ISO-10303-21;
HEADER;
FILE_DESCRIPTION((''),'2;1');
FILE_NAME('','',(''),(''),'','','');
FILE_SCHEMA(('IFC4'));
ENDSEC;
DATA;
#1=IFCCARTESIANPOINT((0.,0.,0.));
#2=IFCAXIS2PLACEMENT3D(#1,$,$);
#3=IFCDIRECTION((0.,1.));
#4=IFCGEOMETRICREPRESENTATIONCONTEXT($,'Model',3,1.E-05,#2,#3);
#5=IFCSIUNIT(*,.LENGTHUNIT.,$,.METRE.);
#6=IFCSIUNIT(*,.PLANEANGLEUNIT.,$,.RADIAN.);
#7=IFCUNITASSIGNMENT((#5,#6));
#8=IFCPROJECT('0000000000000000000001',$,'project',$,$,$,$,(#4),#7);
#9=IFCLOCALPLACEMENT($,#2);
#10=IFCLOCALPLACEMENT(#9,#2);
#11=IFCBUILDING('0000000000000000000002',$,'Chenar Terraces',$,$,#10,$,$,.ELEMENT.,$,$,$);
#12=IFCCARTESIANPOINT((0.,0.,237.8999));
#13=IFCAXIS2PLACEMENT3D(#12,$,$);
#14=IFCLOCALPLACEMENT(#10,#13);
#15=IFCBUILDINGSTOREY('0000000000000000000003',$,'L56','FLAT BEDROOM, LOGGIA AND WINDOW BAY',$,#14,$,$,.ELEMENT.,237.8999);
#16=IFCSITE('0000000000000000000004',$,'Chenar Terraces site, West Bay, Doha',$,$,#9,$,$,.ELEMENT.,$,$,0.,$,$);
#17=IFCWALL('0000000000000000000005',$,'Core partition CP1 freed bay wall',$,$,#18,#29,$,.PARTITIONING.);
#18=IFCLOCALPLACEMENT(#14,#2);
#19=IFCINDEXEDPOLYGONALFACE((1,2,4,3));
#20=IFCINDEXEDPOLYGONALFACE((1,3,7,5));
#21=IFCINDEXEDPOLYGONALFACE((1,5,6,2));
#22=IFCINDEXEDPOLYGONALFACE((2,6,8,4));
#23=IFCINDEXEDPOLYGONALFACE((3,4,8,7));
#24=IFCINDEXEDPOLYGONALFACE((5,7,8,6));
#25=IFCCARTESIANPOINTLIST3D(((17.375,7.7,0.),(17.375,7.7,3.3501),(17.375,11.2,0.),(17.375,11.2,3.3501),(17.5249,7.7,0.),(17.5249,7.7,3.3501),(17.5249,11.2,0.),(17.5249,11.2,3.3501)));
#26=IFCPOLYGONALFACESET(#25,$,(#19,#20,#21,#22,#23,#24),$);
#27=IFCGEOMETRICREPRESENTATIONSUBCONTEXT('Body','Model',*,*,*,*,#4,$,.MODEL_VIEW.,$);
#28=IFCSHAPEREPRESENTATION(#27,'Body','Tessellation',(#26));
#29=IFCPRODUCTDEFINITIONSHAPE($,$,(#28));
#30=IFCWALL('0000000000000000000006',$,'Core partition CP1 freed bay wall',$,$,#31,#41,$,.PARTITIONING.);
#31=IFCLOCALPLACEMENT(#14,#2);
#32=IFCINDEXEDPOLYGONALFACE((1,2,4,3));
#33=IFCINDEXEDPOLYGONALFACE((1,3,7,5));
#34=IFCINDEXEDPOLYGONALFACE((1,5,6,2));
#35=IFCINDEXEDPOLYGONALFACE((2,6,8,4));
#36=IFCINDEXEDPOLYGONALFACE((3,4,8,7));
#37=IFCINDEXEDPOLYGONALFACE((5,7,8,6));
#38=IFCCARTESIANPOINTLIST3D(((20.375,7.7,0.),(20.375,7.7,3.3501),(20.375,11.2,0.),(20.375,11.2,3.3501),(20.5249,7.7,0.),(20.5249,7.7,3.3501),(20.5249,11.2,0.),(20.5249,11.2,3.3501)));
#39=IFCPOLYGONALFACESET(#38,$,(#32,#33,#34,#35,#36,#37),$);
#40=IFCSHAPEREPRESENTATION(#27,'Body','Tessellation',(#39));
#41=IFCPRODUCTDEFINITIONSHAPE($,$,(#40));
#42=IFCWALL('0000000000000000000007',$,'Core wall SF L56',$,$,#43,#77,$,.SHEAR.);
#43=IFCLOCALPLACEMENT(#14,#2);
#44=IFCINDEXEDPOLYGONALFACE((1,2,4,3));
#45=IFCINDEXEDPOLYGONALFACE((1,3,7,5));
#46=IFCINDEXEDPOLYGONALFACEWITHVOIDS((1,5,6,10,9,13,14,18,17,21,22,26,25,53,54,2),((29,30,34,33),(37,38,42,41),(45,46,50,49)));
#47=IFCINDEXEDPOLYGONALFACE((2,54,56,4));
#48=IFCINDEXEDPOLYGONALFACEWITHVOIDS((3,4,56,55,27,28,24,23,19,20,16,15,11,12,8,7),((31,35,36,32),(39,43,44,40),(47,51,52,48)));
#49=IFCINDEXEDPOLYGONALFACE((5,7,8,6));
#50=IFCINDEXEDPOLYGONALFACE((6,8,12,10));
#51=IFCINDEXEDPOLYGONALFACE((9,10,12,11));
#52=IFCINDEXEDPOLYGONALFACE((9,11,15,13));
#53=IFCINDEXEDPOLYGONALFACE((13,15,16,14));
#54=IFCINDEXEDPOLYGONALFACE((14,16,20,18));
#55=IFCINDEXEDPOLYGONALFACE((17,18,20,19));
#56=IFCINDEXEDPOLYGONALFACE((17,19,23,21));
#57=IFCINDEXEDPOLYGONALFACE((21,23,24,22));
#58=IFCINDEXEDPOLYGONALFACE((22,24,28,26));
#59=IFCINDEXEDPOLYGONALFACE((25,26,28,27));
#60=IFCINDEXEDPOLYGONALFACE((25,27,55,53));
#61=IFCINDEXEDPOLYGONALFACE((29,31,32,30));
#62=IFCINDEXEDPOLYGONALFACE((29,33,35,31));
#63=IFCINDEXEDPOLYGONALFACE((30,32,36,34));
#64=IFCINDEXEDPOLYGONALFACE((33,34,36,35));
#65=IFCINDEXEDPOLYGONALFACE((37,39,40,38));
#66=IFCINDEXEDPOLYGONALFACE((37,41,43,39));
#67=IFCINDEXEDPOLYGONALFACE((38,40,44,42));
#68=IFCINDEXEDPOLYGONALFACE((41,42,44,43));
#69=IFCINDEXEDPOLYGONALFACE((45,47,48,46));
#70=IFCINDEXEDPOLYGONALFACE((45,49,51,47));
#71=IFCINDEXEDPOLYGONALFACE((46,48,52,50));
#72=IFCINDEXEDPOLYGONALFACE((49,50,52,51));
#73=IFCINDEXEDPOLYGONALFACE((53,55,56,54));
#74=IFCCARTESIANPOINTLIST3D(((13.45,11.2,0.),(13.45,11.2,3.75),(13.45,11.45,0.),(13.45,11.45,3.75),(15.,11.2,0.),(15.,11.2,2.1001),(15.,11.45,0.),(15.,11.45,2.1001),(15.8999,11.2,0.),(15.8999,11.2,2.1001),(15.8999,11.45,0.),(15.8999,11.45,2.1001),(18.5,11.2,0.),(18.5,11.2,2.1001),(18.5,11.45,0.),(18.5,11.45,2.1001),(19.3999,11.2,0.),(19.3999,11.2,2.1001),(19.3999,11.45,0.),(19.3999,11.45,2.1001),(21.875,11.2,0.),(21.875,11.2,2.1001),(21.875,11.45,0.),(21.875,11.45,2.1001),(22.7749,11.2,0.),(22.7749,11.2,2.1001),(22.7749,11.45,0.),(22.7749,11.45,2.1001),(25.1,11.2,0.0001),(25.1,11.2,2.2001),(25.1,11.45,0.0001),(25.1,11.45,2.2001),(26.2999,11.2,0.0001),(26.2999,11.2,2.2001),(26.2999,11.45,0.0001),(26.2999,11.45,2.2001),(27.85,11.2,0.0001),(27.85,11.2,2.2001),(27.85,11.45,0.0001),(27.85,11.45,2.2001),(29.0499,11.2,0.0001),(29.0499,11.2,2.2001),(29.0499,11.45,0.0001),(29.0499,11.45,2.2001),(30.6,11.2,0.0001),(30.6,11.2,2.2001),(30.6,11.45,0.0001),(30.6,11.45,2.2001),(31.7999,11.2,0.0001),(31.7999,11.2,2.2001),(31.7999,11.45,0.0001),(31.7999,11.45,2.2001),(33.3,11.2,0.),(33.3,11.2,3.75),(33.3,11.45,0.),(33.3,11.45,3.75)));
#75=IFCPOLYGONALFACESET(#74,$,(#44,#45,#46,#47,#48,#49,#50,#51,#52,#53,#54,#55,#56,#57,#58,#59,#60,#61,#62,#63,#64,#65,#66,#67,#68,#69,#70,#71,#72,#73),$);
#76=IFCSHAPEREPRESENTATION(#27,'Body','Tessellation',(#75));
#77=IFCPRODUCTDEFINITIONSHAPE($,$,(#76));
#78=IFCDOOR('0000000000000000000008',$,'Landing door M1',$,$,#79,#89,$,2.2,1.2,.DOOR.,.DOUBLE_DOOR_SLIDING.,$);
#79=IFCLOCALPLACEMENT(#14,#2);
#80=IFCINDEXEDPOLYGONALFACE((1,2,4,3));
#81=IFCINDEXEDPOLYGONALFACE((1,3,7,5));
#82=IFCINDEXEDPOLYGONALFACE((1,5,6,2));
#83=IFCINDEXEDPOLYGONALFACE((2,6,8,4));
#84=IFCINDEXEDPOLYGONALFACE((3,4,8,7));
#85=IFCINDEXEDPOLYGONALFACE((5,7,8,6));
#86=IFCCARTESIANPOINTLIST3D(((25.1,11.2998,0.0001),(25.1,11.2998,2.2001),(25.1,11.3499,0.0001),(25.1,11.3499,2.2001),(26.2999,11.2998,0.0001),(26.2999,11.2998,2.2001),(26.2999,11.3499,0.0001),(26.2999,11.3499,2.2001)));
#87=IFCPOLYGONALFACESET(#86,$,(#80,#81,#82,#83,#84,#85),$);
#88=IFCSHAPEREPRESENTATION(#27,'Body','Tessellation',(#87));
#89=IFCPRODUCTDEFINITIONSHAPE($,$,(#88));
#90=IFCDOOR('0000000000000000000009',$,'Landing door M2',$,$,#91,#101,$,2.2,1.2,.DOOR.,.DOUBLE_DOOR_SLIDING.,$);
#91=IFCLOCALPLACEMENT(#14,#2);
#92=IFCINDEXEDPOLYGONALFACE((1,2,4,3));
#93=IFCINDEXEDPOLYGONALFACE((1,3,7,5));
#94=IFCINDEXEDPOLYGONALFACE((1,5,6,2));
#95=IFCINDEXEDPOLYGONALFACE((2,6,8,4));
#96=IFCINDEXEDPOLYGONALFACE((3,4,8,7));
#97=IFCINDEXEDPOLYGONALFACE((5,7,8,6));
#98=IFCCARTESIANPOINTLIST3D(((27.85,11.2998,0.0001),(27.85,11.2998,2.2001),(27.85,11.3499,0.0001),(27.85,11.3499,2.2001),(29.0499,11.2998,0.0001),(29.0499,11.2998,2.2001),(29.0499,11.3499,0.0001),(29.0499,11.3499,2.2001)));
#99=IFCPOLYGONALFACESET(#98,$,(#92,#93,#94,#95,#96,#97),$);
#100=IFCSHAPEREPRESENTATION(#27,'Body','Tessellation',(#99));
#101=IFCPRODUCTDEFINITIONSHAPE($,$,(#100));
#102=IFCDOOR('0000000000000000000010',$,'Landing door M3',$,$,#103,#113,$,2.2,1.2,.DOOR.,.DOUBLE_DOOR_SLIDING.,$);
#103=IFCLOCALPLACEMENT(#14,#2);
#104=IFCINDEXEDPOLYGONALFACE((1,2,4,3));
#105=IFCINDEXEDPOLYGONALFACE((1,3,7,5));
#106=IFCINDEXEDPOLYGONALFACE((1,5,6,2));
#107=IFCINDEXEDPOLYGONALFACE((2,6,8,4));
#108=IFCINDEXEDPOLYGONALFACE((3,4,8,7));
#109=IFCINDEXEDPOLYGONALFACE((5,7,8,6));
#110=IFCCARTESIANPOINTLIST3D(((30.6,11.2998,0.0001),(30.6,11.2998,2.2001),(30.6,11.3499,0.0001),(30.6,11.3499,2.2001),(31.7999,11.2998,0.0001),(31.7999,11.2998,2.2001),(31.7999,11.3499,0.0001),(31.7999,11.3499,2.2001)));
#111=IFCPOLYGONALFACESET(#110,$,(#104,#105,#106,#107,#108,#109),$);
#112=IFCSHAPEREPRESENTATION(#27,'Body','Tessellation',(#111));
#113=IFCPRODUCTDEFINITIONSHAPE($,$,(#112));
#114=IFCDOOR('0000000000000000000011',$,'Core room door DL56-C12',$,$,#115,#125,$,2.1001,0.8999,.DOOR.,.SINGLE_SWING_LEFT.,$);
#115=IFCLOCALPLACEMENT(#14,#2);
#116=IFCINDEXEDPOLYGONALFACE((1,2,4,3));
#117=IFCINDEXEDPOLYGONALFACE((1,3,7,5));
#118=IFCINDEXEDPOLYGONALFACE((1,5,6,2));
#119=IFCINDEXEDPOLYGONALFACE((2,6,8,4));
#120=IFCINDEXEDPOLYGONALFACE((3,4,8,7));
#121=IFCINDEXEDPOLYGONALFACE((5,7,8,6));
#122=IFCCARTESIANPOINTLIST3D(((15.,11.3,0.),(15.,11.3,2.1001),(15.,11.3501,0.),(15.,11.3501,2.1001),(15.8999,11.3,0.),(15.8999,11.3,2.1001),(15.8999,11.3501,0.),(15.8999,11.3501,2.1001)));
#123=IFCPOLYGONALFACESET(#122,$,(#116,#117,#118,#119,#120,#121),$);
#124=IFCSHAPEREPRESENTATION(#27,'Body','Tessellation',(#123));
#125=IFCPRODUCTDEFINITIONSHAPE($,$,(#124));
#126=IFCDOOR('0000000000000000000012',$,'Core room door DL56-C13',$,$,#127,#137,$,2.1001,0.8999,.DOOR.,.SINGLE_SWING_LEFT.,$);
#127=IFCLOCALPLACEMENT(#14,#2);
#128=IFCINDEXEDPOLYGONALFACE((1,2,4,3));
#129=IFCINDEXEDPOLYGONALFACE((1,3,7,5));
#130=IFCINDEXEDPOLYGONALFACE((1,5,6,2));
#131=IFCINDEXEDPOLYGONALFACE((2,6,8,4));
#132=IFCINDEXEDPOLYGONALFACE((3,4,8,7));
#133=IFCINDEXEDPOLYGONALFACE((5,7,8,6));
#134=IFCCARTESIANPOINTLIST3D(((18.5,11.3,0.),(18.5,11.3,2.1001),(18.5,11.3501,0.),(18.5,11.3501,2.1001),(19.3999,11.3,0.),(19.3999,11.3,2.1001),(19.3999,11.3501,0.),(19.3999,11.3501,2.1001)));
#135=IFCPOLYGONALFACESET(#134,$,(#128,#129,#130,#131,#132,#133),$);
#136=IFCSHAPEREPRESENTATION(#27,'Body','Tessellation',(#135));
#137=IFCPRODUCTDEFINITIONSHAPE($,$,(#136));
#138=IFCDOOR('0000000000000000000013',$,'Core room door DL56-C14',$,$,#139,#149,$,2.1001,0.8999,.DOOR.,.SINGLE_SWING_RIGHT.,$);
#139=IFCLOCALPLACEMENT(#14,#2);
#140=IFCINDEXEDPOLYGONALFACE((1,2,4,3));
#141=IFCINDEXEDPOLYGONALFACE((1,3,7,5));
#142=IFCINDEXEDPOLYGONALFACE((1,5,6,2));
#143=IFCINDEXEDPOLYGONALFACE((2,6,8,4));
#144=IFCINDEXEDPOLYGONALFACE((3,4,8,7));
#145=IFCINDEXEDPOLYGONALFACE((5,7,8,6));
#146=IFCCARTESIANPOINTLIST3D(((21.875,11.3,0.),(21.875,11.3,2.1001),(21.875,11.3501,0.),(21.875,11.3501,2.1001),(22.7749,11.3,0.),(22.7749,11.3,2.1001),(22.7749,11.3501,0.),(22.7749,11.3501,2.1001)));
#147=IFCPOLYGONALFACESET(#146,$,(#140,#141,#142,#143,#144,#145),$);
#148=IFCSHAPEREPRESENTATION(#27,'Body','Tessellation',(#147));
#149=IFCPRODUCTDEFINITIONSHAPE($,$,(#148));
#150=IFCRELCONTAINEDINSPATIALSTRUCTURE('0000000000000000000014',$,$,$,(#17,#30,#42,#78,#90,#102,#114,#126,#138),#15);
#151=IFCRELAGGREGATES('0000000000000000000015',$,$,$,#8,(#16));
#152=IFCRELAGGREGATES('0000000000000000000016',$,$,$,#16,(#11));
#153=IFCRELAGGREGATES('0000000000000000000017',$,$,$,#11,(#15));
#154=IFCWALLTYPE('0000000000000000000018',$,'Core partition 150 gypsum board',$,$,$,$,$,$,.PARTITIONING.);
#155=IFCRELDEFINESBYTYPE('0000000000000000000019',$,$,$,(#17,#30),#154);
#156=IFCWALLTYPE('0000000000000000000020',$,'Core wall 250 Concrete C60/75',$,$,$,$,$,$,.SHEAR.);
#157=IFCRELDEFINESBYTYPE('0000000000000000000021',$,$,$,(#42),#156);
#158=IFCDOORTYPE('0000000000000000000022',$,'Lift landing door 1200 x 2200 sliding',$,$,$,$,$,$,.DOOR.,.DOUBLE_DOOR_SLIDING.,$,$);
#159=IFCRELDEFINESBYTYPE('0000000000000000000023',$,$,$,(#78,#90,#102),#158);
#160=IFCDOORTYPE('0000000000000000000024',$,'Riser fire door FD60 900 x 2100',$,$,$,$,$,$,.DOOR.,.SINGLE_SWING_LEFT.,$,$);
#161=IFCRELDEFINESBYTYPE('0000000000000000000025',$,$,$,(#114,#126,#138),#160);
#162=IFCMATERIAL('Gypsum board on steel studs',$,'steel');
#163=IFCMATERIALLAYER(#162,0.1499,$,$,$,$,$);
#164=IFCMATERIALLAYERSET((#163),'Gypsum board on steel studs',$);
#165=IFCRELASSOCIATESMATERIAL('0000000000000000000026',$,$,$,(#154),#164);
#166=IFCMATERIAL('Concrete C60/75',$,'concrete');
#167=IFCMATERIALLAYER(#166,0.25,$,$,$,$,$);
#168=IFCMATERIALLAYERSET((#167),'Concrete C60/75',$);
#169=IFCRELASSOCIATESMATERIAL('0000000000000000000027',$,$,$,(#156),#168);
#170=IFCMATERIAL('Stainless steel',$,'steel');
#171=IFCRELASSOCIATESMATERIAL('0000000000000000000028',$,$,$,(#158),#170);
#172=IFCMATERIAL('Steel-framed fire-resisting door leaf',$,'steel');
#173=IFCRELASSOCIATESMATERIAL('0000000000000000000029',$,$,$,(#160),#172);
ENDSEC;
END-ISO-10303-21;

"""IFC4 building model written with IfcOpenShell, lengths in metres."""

from ifc_helpers import new_model, si_unit, direction, frame, frame_2d, origin, place, context, subcontext, project, spatial, rectangle, extrude, material, layer, layer_set, type_object, element, fill, save


model = new_model("IFC4")

# Units and contexts
model_context = context("Model", 3, precision=1e-05, world=origin(), true_north=direction((0.0, 1.0)))
body_context = subcontext(model_context, "Body", "Model", "MODEL_VIEW")
ifc_project = project(units=[si_unit("LENGTHUNIT", "METRE"), si_unit("PLANEANGLEUNIT", "RADIAN")], contexts=[model_context])

# Site, building, storey
site_placement = place(None, origin())
site = spatial("IfcSite", under=ifc_project, at=site_placement, Name="Chenar Terraces site, West Bay, Doha", CompositionType="ELEMENT", RefElevation=0.0)
building_placement = place(site_placement, origin())
building = spatial("IfcBuilding", under=site, at=building_placement, Name="Chenar Terraces", CompositionType="ELEMENT")
storey_placement = place(building_placement, frame((0.0, 0.0, 237.8999)))
storey = spatial("IfcBuildingStorey", under=building, at=storey_placement, Name="L56", Description="FLAT BEDROOM, LOGGIA AND WINDOW BAY", CompositionType="ELEMENT", Elevation=237.8999)

# Walls
ifc_material_1 = material(Name="Gypsum board on steel studs", Category="steel")
ifc_layer_1 = layer(ifc_material_1, 0.1499)
ifc_layer_set_1 = layer_set([ifc_layer_1], Name="Gypsum board on steel studs")
wall_type_1 = type_object("IfcWallType", Name="Core partition 150 gypsum board", PredefinedType="PARTITIONING", material=ifc_layer_set_1)
for number, where, z_axis, x_axis, name in (
    (1, (17.45, 7.7, 0.0), (0.0, 0.0, 1.0), (0.0, 1.0, 0.0), "Core partition CP1 freed bay wall"),
    (2, (20.45, 7.7, 0.0), (0.0, 0.0, 1.0), (0.0, 1.0, 0.0), "Core partition CP1 freed bay wall"),
):
    element("IfcWall", number, at=place(storey_placement, frame(where, z_axis=z_axis, x_axis=x_axis)), inside=storey, type_object=wall_type_1, Name=name, PredefinedType="PARTITIONING", context=body_context, shape_type="SweptSolid", body=[
        extrude(rectangle(XDim=3.5, YDim=0.1499, at=frame_2d((1.75, 0.0))), origin(), (0.0, 0.0, 1.0), 3.3501),
    ])

# Wall, openings, doors
ifc_material_2 = material(Name="Concrete C60/75", Category="concrete")
ifc_layer_2 = layer(ifc_material_2, 0.25)
ifc_layer_set_2 = layer_set([ifc_layer_2], Name="Concrete C60/75")
wall_type_2 = type_object("IfcWallType", Name="Core wall 250 Concrete C60/75", PredefinedType="SHEAR", material=ifc_layer_set_2)
wall_1_placement = place(storey_placement, frame((13.45, 11.325, 0.0), z_axis=(0.0, 0.0, 1.0), x_axis=(1.0, 0.0, 0.0)))
wall_1 = element("IfcWall", 3, at=wall_1_placement, inside=storey, type_object=wall_type_2, Name="Core wall SF L56", PredefinedType="SHEAR", context=body_context, shape_type="SweptSolid", body=[
    extrude(rectangle(XDim=19.8501, YDim=0.25, at=frame_2d((9.925, 0.0))), origin(), (0.0, 0.0, 1.0), 3.75),
])
opening_1_placement = place(wall_1_placement, frame((11.6499, 0.0, 0.0)))
opening_1 = element("IfcOpeningElement", 4, at=opening_1_placement, cuts=wall_1, PredefinedType="OPENING", context=body_context, shape_type="SweptSolid", body=[
    extrude(rectangle(XDim=1.2, YDim=2.2, at=frame_2d((0.6001, 1.1001))), frame((0.0, 0.135, 0.0), z_axis=(0.0, -1.0, 0.0), x_axis=(1.0, 0.0, 0.0)), (0.0, 0.0, 1.0), 0.27),
])
opening_2_placement = place(wall_1_placement, frame((14.3999, 0.0, 0.0)))
opening_2 = element("IfcOpeningElement", 5, at=opening_2_placement, cuts=wall_1, PredefinedType="OPENING", context=body_context, shape_type="SweptSolid", body=[
    extrude(rectangle(XDim=1.2, YDim=2.2, at=frame_2d((0.6001, 1.1001))), frame((0.0, 0.135, 0.0), z_axis=(0.0, -1.0, 0.0), x_axis=(1.0, 0.0, 0.0)), (0.0, 0.0, 1.0), 0.27),
])
opening_3_placement = place(wall_1_placement, frame((17.1499, 0.0, 0.0)))
opening_3 = element("IfcOpeningElement", 6, at=opening_3_placement, cuts=wall_1, PredefinedType="OPENING", context=body_context, shape_type="SweptSolid", body=[
    extrude(rectangle(XDim=1.2, YDim=2.2, at=frame_2d((0.6001, 1.1001))), frame((0.0, 0.135, 0.0), z_axis=(0.0, -1.0, 0.0), x_axis=(1.0, 0.0, 0.0)), (0.0, 0.0, 1.0), 0.27),
])
opening_4_placement = place(wall_1_placement, frame((1.55, 0.0, 0.0)))
opening_4 = element("IfcOpeningElement", 7, at=opening_4_placement, cuts=wall_1, PredefinedType="OPENING", context=body_context, shape_type="SweptSolid", body=[
    extrude(rectangle(XDim=0.8999, YDim=2.1001, at=frame_2d((0.45, 1.05))), frame((0.0, 0.135, 0.0), z_axis=(0.0, -1.0, 0.0), x_axis=(1.0, 0.0, 0.0)), (0.0, 0.0, 1.0), 0.27),
])
opening_5_placement = place(wall_1_placement, frame((5.05, 0.0, 0.0)))
opening_5 = element("IfcOpeningElement", 8, at=opening_5_placement, cuts=wall_1, PredefinedType="OPENING", context=body_context, shape_type="SweptSolid", body=[
    extrude(rectangle(XDim=0.8999, YDim=2.1001, at=frame_2d((0.45, 1.05))), frame((0.0, 0.135, 0.0), z_axis=(0.0, -1.0, 0.0), x_axis=(1.0, 0.0, 0.0)), (0.0, 0.0, 1.0), 0.27),
])
opening_6_placement = place(wall_1_placement, frame((8.425, 0.0, 0.0)))
opening_6 = element("IfcOpeningElement", 9, at=opening_6_placement, cuts=wall_1, PredefinedType="OPENING", context=body_context, shape_type="SweptSolid", body=[
    extrude(rectangle(XDim=0.8999, YDim=2.1001, at=frame_2d((0.45, 1.05))), frame((0.0, 0.135, 0.0), z_axis=(0.0, -1.0, 0.0), x_axis=(1.0, 0.0, 0.0)), (0.0, 0.0, 1.0), 0.27),
])
ifc_material_3 = material(Name="Stainless steel", Category="steel")
door_type_1 = type_object("IfcDoorType", Name="Lift landing door 1200 x 2200 sliding", OperationType="DOUBLE_DOOR_SLIDING", PredefinedType="DOOR", material=ifc_material_3)
door_1_placement = place(opening_1_placement, origin())
door_1 = element("IfcDoor", 10, at=door_1_placement, inside=storey, type_object=door_type_1, Name="Landing door M1", OperationType="DOUBLE_DOOR_SLIDING", OverallHeight=2.2, OverallWidth=1.2, PredefinedType="DOOR", context=body_context, shape_type="SweptSolid", body=[
    extrude(rectangle(XDim=1.2, YDim=2.2, at=frame_2d((0.6001, 1.1001))), frame((0.0, 0.0249, 0.0), z_axis=(0.0, -1.0, 0.0), x_axis=(1.0, 0.0, 0.0)), (0.0, 0.0, 1.0), 0.05),
])
fill(opening_1, door_1)
door_2_placement = place(opening_2_placement, origin())
door_2 = element("IfcDoor", 11, at=door_2_placement, inside=storey, type_object=door_type_1, Name="Landing door M2", OperationType="DOUBLE_DOOR_SLIDING", OverallHeight=2.2, OverallWidth=1.2, PredefinedType="DOOR", context=body_context, shape_type="SweptSolid", body=[
    extrude(rectangle(XDim=1.2, YDim=2.2, at=frame_2d((0.6001, 1.1001))), frame((0.0, 0.0249, 0.0), z_axis=(0.0, -1.0, 0.0), x_axis=(1.0, 0.0, 0.0)), (0.0, 0.0, 1.0), 0.05),
])
fill(opening_2, door_2)
door_3_placement = place(opening_3_placement, origin())
door_3 = element("IfcDoor", 12, at=door_3_placement, inside=storey, type_object=door_type_1, Name="Landing door M3", OperationType="DOUBLE_DOOR_SLIDING", OverallHeight=2.2, OverallWidth=1.2, PredefinedType="DOOR", context=body_context, shape_type="SweptSolid", body=[
    extrude(rectangle(XDim=1.2, YDim=2.2, at=frame_2d((0.6001, 1.1001))), frame((0.0, 0.0249, 0.0), z_axis=(0.0, -1.0, 0.0), x_axis=(1.0, 0.0, 0.0)), (0.0, 0.0, 1.0), 0.05),
])
fill(opening_3, door_3)
ifc_material_4 = material(Name="Steel-framed fire-resisting door leaf", Category="steel")
door_type_2 = type_object("IfcDoorType", Name="Riser fire door FD60 900 x 2100", OperationType="SINGLE_SWING_LEFT", PredefinedType="DOOR", material=ifc_material_4)
door_4_placement = place(opening_4_placement, frame((0.8999, 0.0, 0.0), z_axis=(0.0, 0.0, 1.0), x_axis=(-1.0, 0.0, 0.0)))
door_4 = element("IfcDoor", 13, at=door_4_placement, inside=storey, type_object=door_type_2, Name="Core room door DL56-C12", OperationType="SINGLE_SWING_LEFT", OverallHeight=2.1001, OverallWidth=0.8999, PredefinedType="DOOR", context=body_context, shape_type="SweptSolid", body=[
    extrude(rectangle(XDim=0.8999, YDim=2.1001, at=frame_2d((0.45, 1.05))), frame((0.0, 0.0249, 0.0), z_axis=(0.0, -1.0, 0.0), x_axis=(1.0, 0.0, 0.0)), (0.0, 0.0, 1.0), 0.05),
])
fill(opening_4, door_4)
door_5_placement = place(opening_5_placement, frame((0.8999, 0.0, 0.0), z_axis=(0.0, 0.0, 1.0), x_axis=(-1.0, 0.0, 0.0)))
door_5 = element("IfcDoor", 14, at=door_5_placement, inside=storey, type_object=door_type_2, Name="Core room door DL56-C13", OperationType="SINGLE_SWING_LEFT", OverallHeight=2.1001, OverallWidth=0.8999, PredefinedType="DOOR", context=body_context, shape_type="SweptSolid", body=[
    extrude(rectangle(XDim=0.8999, YDim=2.1001, at=frame_2d((0.45, 1.05))), frame((0.0, 0.0249, 0.0), z_axis=(0.0, -1.0, 0.0), x_axis=(1.0, 0.0, 0.0)), (0.0, 0.0, 1.0), 0.05),
])
fill(opening_5, door_5)
door_6_placement = place(opening_6_placement, frame((0.8999, 0.0, 0.0), z_axis=(0.0, 0.0, 1.0), x_axis=(-1.0, 0.0, 0.0)))
door_6 = element("IfcDoor", 15, at=door_6_placement, inside=storey, type_object=door_type_2, Name="Core room door DL56-C14", OperationType="SINGLE_SWING_RIGHT", OverallHeight=2.1001, OverallWidth=0.8999, PredefinedType="DOOR", context=body_context, shape_type="SweptSolid", body=[
    extrude(rectangle(XDim=0.8999, YDim=2.1001, at=frame_2d((0.45, 1.05))), frame((0.0, 0.0249, 0.0), z_axis=(0.0, -1.0, 0.0), x_axis=(1.0, 0.0, 0.0)), (0.0, 0.0, 1.0), 0.05),
])
fill(opening_6, door_6)

save(model, "model.ifc")
